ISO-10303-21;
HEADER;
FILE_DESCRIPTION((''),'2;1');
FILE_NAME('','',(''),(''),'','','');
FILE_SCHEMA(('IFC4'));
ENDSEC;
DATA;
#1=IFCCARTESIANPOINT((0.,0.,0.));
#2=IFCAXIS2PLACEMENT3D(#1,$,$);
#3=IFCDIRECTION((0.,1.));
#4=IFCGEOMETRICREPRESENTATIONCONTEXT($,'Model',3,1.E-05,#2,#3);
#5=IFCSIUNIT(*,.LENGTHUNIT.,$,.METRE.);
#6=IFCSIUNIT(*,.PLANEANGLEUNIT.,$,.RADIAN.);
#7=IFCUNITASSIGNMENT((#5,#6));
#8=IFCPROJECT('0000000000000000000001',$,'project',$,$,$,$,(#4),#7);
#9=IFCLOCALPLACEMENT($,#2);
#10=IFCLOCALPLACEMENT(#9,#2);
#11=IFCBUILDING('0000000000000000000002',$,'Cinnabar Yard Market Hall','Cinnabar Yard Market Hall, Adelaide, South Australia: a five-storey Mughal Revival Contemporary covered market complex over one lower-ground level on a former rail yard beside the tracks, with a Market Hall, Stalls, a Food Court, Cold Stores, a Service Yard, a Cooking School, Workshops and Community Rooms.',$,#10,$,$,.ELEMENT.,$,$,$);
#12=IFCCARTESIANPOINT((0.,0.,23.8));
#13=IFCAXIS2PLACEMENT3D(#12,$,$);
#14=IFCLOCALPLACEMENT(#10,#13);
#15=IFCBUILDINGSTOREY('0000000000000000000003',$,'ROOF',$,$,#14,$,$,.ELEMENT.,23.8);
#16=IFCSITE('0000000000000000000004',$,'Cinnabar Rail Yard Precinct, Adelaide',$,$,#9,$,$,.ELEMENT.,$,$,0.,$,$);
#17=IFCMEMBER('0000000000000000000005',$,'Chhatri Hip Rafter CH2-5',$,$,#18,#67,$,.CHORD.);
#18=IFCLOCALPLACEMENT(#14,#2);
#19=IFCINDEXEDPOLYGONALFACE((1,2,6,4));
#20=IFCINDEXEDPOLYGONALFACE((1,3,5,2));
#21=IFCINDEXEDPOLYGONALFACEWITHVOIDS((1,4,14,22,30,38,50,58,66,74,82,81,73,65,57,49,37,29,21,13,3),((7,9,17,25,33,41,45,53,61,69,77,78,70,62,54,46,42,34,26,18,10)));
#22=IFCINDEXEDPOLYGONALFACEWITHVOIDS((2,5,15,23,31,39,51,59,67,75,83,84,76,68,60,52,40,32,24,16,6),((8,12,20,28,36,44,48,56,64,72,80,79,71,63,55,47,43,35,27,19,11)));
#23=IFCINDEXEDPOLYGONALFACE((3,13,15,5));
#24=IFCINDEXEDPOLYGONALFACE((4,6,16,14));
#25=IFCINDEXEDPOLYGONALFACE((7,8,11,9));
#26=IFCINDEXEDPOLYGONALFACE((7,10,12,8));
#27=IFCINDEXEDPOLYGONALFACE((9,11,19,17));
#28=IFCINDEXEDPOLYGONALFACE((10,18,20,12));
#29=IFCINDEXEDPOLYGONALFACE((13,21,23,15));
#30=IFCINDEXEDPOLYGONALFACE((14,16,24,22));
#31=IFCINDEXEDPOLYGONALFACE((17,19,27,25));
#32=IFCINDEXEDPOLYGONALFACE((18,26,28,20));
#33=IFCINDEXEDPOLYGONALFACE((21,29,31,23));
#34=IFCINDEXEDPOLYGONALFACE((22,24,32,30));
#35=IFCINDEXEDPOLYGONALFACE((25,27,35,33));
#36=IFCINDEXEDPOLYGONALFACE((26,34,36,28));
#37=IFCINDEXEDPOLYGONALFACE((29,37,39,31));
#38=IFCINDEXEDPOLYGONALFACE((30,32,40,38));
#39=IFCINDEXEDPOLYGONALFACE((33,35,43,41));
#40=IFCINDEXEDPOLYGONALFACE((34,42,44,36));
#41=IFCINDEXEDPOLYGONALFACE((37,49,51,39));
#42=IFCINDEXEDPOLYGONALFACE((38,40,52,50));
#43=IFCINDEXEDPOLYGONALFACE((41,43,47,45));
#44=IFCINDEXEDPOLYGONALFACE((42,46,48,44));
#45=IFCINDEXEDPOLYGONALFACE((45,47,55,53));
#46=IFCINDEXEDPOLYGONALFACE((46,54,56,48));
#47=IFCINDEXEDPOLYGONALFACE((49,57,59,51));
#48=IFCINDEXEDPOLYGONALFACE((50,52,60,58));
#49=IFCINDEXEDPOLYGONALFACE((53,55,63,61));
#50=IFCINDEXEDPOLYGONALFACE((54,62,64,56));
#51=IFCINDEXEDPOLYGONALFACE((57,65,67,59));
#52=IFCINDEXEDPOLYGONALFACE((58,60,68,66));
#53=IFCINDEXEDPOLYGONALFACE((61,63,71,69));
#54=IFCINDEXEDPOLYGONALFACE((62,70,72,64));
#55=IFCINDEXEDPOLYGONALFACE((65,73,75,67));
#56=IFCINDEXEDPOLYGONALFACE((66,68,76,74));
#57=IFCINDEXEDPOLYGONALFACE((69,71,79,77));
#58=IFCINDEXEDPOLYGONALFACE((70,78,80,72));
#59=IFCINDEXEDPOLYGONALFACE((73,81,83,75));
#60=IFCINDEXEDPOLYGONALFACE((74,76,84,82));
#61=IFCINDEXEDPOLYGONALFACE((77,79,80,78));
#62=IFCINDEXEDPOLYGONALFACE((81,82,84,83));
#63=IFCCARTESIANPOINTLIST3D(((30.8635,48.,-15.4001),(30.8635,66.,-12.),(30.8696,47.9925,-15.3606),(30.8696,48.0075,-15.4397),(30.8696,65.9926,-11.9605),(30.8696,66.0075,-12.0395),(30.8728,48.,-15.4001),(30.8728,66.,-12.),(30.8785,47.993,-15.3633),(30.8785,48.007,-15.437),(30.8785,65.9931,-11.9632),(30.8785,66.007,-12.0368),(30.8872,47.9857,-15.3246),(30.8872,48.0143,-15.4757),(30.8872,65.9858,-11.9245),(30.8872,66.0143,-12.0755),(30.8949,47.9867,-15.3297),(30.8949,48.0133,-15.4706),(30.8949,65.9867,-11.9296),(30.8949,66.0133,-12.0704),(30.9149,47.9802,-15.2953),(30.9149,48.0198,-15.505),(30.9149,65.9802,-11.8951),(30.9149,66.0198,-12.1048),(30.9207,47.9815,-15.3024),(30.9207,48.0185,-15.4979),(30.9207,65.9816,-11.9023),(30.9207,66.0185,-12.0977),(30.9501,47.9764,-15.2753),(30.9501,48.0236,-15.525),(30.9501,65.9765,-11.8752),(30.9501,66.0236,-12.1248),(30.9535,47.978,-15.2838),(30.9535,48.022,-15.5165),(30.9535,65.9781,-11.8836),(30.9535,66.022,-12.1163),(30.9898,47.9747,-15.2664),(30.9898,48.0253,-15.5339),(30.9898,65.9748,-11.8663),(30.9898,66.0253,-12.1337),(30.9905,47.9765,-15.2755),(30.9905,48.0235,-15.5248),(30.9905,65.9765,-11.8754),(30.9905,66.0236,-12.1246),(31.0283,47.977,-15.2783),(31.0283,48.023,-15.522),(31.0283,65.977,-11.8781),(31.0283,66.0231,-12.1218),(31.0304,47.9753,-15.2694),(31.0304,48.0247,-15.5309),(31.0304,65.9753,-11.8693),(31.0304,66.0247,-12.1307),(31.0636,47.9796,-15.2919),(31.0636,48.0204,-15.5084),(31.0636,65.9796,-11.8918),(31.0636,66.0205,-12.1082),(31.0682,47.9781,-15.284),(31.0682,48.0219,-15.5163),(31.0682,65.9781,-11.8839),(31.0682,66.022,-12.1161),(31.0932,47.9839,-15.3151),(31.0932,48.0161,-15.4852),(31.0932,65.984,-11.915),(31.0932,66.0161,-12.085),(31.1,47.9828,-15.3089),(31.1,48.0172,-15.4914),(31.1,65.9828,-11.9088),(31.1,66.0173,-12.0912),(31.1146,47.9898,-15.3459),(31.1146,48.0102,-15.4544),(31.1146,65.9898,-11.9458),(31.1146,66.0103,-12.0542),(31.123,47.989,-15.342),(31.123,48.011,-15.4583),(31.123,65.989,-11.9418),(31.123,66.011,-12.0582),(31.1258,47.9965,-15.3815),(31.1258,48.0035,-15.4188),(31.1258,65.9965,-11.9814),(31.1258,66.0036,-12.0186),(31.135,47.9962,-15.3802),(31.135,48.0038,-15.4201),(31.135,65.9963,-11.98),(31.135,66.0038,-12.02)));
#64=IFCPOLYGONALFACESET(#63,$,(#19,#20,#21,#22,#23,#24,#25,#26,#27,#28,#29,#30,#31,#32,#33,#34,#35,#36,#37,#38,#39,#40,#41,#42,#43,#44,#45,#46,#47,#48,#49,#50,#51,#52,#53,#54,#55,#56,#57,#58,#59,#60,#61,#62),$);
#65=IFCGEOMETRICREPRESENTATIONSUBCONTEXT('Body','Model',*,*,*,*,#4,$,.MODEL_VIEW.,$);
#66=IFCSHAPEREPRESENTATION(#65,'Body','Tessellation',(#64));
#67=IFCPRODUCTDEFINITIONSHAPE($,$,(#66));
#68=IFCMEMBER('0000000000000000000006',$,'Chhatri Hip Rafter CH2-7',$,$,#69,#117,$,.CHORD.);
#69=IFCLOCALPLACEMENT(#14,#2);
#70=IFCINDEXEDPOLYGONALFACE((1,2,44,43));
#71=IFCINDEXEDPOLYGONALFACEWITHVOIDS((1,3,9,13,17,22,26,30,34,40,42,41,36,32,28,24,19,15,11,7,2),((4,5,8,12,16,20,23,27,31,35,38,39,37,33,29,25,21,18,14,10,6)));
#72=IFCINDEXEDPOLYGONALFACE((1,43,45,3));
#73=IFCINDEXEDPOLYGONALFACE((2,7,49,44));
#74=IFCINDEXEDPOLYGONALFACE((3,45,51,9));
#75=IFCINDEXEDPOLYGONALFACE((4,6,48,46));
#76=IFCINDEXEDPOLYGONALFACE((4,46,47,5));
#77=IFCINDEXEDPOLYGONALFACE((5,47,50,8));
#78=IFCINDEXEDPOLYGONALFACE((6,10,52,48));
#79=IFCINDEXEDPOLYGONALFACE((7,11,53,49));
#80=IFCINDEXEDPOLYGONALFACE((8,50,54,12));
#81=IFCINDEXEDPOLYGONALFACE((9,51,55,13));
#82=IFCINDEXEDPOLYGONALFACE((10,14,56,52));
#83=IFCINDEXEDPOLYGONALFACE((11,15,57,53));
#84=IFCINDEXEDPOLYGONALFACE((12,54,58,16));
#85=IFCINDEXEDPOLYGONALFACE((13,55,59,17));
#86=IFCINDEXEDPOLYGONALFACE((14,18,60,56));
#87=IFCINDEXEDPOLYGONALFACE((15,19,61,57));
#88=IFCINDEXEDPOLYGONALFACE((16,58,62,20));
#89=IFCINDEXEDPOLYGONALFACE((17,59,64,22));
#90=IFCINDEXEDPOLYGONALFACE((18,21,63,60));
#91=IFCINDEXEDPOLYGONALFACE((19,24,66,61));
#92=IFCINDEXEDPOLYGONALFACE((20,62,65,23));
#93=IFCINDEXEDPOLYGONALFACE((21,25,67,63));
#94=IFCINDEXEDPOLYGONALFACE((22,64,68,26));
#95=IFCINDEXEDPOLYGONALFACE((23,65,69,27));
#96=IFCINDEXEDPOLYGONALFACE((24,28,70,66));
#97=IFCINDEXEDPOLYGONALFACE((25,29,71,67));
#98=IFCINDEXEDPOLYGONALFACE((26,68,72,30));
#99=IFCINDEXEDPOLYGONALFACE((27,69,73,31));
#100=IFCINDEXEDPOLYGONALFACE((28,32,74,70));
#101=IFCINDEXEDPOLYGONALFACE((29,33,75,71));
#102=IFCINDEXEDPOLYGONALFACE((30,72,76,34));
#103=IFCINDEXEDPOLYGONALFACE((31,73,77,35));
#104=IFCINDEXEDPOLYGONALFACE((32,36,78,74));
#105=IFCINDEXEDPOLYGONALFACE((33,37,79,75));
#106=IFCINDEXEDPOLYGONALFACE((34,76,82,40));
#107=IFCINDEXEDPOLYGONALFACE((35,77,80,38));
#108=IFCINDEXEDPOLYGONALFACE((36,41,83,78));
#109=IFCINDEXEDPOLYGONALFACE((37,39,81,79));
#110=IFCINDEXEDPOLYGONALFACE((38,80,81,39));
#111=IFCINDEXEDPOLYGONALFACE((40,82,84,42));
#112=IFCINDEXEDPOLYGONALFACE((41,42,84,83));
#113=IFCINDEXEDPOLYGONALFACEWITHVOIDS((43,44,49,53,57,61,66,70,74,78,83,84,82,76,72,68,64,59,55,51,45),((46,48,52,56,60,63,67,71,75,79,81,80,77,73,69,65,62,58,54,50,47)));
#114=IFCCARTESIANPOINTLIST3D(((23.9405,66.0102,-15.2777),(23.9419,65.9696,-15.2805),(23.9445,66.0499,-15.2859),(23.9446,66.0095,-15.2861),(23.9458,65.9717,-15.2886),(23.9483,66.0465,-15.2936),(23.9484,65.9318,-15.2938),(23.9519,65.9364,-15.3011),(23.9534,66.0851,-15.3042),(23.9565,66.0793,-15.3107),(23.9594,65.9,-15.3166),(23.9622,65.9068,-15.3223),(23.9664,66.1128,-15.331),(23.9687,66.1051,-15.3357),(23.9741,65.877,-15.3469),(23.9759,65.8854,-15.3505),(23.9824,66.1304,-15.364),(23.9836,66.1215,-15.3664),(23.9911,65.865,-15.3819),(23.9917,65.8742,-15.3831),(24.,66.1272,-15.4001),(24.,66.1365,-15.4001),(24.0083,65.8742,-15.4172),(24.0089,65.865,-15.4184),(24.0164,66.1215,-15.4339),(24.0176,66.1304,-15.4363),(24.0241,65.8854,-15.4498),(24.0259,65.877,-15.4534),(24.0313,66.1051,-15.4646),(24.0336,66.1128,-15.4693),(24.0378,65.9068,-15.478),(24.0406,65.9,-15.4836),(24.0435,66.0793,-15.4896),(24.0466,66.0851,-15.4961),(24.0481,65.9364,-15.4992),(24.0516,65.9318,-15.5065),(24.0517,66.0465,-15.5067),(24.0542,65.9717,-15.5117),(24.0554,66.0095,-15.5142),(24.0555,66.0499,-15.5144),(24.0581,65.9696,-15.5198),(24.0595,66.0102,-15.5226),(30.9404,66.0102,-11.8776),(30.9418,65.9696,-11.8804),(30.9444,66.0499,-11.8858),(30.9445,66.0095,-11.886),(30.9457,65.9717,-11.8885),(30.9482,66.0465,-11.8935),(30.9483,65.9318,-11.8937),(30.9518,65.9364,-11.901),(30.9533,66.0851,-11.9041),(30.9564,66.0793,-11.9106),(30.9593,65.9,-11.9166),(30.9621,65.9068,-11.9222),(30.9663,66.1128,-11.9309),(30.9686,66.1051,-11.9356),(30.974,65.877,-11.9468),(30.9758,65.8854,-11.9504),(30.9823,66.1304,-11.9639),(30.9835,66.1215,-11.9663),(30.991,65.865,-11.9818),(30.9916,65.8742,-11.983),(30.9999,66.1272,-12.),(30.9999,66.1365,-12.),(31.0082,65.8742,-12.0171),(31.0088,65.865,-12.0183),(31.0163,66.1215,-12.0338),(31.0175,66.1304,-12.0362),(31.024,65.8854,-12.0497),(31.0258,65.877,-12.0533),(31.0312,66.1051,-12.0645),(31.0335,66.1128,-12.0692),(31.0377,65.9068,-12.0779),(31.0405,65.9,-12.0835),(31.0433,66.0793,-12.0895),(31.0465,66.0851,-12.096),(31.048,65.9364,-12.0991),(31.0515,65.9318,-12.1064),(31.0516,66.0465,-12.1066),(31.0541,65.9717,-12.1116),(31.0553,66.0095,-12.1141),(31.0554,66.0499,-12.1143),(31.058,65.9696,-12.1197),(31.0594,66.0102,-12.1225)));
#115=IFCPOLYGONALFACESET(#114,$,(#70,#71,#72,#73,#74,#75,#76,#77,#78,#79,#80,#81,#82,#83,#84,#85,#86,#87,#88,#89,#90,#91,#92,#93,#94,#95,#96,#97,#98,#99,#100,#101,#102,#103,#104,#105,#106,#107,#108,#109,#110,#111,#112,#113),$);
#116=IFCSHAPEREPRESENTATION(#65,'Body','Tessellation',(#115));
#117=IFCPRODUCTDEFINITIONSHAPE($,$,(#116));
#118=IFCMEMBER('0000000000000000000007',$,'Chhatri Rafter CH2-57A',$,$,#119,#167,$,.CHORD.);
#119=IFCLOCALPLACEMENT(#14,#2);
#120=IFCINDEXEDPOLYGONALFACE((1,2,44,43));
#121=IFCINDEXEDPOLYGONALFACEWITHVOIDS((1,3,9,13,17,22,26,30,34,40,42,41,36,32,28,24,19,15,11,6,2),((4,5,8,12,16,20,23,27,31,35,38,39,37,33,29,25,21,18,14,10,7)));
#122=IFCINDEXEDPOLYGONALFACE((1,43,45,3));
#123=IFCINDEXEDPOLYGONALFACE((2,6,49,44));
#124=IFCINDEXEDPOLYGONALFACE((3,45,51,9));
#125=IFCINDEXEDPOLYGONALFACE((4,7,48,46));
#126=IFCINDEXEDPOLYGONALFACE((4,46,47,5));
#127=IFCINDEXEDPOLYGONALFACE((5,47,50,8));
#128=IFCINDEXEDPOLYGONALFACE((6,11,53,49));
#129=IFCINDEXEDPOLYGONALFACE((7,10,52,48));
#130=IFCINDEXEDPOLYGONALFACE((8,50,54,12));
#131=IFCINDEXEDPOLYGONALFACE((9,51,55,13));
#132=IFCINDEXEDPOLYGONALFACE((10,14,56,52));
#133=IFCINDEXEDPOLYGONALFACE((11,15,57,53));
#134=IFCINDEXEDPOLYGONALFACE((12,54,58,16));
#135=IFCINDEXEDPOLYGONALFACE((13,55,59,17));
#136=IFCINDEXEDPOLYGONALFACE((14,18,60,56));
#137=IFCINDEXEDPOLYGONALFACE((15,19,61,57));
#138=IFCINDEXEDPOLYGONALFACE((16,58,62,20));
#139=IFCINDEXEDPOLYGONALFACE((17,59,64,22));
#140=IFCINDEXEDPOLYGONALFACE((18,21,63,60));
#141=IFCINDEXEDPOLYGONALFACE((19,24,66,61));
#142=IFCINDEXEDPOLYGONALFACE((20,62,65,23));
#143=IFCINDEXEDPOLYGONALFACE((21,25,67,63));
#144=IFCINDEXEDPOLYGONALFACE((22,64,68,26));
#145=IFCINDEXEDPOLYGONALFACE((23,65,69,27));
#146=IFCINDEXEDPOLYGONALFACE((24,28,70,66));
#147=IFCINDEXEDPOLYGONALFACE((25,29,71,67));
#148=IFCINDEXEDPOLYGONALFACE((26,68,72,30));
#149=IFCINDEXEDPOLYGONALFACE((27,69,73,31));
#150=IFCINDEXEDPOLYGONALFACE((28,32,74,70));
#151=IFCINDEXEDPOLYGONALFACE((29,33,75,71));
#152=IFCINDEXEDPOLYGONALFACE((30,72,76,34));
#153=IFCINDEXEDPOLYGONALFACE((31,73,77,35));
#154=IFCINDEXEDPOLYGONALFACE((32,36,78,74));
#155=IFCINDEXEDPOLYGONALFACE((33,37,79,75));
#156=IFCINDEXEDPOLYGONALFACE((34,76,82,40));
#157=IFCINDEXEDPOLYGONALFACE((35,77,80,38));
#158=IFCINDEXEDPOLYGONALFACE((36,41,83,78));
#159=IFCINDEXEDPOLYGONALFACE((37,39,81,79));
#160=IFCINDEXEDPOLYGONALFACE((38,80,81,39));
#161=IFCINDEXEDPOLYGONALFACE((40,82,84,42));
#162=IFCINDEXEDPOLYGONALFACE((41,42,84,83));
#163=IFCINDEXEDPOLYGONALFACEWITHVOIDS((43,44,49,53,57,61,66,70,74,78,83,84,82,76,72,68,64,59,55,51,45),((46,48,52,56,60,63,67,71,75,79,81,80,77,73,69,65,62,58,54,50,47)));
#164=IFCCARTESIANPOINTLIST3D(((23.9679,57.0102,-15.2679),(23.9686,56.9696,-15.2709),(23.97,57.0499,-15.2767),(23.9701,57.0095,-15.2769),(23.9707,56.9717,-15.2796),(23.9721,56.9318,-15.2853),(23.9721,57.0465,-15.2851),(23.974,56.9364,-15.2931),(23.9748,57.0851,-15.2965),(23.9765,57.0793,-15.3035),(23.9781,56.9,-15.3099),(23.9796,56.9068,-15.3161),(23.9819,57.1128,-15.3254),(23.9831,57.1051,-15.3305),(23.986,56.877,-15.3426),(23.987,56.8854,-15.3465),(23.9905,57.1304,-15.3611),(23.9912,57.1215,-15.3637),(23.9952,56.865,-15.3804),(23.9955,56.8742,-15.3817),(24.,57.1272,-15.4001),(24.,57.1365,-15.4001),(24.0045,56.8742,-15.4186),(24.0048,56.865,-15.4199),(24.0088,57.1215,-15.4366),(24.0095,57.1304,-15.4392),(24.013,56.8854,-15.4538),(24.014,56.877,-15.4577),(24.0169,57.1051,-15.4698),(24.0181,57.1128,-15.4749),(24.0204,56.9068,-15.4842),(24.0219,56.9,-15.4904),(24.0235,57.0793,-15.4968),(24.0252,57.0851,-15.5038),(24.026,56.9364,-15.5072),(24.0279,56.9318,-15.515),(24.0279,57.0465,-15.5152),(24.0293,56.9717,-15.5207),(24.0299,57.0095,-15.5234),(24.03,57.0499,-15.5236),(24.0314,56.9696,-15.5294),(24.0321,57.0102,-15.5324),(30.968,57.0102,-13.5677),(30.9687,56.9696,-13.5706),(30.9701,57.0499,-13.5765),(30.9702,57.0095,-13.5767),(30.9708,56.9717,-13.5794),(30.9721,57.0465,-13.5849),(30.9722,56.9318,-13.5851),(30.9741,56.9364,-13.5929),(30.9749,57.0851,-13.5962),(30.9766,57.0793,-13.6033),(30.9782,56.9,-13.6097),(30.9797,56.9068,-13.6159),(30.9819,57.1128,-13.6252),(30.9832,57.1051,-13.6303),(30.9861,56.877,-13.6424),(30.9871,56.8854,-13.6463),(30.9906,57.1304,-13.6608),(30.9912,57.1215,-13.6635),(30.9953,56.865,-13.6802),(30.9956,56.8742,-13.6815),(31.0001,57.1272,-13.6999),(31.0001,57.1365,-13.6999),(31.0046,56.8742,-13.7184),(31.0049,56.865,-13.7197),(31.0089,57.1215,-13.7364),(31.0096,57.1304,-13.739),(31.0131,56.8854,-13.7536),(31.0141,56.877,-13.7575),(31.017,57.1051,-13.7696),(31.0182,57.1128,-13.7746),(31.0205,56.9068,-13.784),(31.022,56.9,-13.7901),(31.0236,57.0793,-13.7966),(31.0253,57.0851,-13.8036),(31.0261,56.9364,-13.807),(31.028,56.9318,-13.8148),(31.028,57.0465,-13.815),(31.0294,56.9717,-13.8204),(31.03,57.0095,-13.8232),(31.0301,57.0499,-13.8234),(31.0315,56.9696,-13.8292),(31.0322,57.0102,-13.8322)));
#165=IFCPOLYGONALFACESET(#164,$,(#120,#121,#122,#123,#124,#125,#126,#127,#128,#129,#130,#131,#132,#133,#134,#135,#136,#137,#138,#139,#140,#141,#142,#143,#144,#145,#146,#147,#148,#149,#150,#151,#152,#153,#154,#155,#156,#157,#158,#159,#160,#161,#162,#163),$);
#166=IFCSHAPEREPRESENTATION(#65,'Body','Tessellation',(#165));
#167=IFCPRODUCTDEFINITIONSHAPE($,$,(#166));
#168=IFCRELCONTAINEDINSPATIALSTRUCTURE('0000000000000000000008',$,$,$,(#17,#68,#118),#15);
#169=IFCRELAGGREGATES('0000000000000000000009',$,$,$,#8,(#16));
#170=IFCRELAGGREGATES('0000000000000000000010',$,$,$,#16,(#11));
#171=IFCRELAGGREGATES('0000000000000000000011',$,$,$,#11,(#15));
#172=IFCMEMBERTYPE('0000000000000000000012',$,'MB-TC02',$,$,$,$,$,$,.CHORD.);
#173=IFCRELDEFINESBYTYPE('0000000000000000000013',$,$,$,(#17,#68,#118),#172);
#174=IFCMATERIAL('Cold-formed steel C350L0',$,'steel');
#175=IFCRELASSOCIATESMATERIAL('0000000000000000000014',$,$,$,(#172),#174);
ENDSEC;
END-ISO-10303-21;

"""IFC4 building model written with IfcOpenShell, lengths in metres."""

from ifc_helpers import new_model, si_unit, direction, frame, origin, origin_2d_with_axis, place, context, subcontext, project, spatial, hollow_circle, extrude, material, material_profile, profile_set, type_object, element, save


model = new_model("IFC4")

# Units and contexts
model_context = context("Model", 3, precision=1e-05, world=origin(), true_north=direction((0.0, 1.0)))
body_context = subcontext(model_context, "Body", "Model", "MODEL_VIEW")
ifc_project = project(units=[si_unit("LENGTHUNIT", "METRE"), si_unit("PLANEANGLEUNIT", "RADIAN")], contexts=[model_context])

# Site, building, storey
site_placement = place(None, origin())
site = spatial("IfcSite", under=ifc_project, at=site_placement, Name="Cinnabar Rail Yard Precinct, Adelaide", CompositionType="ELEMENT", RefElevation=0.0)
building_placement = place(site_placement, origin())
building = spatial("IfcBuilding", under=site, at=building_placement, Name="Cinnabar Yard Market Hall", Description="Cinnabar Yard Market Hall, Adelaide, South Australia: a five-storey Mughal Revival Contemporary covered market complex over one lower-ground level on a former rail yard beside the tracks, with a Market Hall, Stalls, a Food Court, Cold Stores, a Service Yard, a Cooking School, Workshops and Community Rooms.", CompositionType="ELEMENT")
storey_placement = place(building_placement, frame((0.0, 0.0, 23.8)))
storey = spatial("IfcBuildingStorey", under=building, at=storey_placement, Name="ROOF", CompositionType="ELEMENT", Elevation=23.8)

# Members
ifc_material_1 = material(Name="Cold-formed steel C350L0", Category="steel")
ifc_material_profile_1 = material_profile(ifc_material_1, hollow_circle(Radius=0.1365, WallThickness=0.0093, at=origin_2d_with_axis()), Name="273.1x9.3CHS")
ifc_profile_set_1 = profile_set([ifc_material_profile_1], Name="Cold-formed steel C350L0")
member_type_1 = type_object("IfcMemberType", Name="MB-TC02", PredefinedType="CHORD", material=ifc_profile_set_1)
member_1_placement = place(storey_placement, frame((31.0, 48.0, -15.4001), z_axis=(0.0, 0.982623, 0.185614), x_axis=(-1.0, 0.0, 0.0)))
element("IfcMember", 1, at=member_1_placement, inside=storey, type_object=member_type_1, Name="Chhatri Hip Rafter CH2-5", PredefinedType="CHORD", context=body_context, shape_type="SweptSolid", body=[
    extrude(hollow_circle(Radius=0.1365, WallThickness=0.0093, at=origin_2d_with_axis()), origin(), (0.0, 0.0, 1.0), 18.3184),
])
member_2_placement = place(storey_placement, frame((24.0, 66.0, -15.4001), z_axis=(0.899501, 0.0, 0.436919), x_axis=(0.0, 1.0, 0.0)))
element("IfcMember", 2, at=member_2_placement, inside=storey, type_object=member_type_1, Name="Chhatri Hip Rafter CH2-7", PredefinedType="CHORD", context=body_context, shape_type="SweptSolid", body=[
    extrude(hollow_circle(Radius=0.1365, WallThickness=0.0093, at=origin_2d_with_axis()), origin(), (0.0, 0.0, 1.0), 7.782),
])
for number, where, z_axis, x_axis, name in (
    (3, (24.0, 57.0, -15.4001), (0.971747, 0.0, 0.236023), (0.0, 1.0, 0.0), "Chhatri Rafter CH2-57A"),
):
    element("IfcMember", number, at=place(storey_placement, frame(where, z_axis=z_axis, x_axis=x_axis)), inside=storey, type_object=member_type_1, Name=name, PredefinedType="CHORD", context=body_context, shape_type="SweptSolid", body=[
        extrude(hollow_circle(Radius=0.1365, WallThickness=0.0093, at=origin_2d_with_axis()), origin(), (0.0, 0.0, 1.0), 7.2036),
    ])

save(model, "model.ifc")
